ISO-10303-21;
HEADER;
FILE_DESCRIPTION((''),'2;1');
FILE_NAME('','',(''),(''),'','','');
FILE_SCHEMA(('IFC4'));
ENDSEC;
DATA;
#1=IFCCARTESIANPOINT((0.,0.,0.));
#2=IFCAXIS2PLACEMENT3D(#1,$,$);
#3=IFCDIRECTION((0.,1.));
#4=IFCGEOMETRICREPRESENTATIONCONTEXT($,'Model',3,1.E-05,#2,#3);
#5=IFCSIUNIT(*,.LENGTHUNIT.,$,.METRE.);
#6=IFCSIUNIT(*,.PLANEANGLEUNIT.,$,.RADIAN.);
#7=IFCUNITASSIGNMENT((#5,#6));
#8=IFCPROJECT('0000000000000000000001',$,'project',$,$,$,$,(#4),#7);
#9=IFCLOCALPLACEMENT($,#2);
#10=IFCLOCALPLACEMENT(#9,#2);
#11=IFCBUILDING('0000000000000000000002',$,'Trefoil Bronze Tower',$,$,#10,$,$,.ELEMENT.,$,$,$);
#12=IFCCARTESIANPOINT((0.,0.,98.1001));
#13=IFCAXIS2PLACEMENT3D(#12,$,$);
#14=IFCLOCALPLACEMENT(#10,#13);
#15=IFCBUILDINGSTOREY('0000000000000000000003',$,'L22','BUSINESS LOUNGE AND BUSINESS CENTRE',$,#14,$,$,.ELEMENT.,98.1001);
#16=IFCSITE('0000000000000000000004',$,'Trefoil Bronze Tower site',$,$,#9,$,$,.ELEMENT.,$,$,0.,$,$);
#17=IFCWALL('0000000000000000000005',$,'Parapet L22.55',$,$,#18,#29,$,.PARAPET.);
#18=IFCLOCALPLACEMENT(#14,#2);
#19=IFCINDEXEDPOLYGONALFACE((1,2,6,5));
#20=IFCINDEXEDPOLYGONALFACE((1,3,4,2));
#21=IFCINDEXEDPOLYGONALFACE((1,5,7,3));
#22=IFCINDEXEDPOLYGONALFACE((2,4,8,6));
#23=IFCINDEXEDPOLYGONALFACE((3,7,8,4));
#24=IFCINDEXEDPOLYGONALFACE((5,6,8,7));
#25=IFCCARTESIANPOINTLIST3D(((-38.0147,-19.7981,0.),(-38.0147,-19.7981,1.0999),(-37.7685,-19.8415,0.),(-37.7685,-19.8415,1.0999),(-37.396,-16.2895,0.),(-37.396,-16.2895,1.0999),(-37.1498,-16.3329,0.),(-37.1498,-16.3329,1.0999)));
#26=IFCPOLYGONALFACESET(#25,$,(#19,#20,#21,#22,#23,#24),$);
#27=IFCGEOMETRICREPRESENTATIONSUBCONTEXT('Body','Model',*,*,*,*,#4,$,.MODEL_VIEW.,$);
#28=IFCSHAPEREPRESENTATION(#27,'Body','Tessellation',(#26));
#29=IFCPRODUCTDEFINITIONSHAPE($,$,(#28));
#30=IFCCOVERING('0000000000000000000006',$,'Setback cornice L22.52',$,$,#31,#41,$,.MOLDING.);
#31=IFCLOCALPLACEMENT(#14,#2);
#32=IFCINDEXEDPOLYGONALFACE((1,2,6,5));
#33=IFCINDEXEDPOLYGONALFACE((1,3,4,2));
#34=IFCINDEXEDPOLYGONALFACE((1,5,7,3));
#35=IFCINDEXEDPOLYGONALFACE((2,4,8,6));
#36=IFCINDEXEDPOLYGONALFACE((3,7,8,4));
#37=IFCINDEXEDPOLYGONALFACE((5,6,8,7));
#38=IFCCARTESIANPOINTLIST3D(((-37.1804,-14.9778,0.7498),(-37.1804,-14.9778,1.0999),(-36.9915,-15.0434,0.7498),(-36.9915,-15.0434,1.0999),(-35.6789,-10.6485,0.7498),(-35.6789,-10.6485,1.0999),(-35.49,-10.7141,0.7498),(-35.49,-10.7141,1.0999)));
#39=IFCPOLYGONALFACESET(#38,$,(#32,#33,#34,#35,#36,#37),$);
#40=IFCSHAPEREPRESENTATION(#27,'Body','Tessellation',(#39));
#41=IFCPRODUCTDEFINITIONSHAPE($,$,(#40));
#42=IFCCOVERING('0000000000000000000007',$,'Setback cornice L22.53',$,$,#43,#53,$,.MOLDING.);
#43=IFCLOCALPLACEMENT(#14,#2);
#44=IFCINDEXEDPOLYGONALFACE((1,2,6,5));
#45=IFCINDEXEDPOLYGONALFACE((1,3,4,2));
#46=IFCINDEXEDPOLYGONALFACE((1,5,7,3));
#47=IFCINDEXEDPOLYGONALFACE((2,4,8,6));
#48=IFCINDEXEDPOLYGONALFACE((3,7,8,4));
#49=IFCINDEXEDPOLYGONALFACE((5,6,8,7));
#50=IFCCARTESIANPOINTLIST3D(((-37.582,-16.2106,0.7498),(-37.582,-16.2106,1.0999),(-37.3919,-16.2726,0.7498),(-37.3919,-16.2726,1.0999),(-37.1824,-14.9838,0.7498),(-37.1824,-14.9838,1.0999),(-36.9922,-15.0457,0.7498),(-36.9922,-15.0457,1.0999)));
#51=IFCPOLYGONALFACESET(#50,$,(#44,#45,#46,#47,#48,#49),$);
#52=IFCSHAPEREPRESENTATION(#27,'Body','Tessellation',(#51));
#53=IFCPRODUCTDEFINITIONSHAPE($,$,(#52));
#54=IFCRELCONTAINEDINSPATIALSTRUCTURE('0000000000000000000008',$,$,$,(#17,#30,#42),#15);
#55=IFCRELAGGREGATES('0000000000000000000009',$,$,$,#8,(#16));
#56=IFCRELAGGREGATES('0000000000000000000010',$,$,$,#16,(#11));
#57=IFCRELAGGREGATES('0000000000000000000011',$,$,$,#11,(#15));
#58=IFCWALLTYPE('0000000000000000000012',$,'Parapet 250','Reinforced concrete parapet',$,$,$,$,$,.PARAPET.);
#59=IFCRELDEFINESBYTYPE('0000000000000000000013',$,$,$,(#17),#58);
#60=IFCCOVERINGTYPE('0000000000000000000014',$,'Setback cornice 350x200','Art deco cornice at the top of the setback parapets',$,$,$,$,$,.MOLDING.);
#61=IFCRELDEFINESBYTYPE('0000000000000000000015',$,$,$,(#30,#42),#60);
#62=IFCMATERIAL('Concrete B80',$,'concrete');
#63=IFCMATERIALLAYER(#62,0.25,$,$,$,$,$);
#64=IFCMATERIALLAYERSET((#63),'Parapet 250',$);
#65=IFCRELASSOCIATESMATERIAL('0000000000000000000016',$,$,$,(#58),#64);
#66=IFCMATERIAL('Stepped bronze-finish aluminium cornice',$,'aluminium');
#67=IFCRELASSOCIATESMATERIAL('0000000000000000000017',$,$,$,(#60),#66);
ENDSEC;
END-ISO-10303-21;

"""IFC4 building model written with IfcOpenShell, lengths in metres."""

from ifc_helpers import new_model, si_unit, direction, frame, frame_2d, origin, origin_2d, place, context, subcontext, project, spatial, rectangle, extrude, material, layer, layer_set, type_object, element, save


model = new_model("IFC4")

# Units and contexts
model_context = context("Model", 3, precision=1e-05, world=origin(), true_north=direction((0.0, 1.0)))
body_context = subcontext(model_context, "Body", "Model", "MODEL_VIEW")
ifc_project = project(units=[si_unit("LENGTHUNIT", "METRE"), si_unit("PLANEANGLEUNIT", "RADIAN")], contexts=[model_context])

# Site, building, storey
site_placement = place(None, origin())
site = spatial("IfcSite", under=ifc_project, at=site_placement, Name="Trefoil Bronze Tower site", CompositionType="ELEMENT", RefElevation=0.0)
building_placement = place(site_placement, origin())
building = spatial("IfcBuilding", under=site, at=building_placement, Name="Trefoil Bronze Tower", CompositionType="ELEMENT")
storey_placement = place(building_placement, frame((0.0, 0.0, 98.1001)))
storey = spatial("IfcBuildingStorey", under=building, at=storey_placement, Name="L22", Description="BUSINESS LOUNGE AND BUSINESS CENTRE", CompositionType="ELEMENT", Elevation=98.1001)

# Wall
ifc_material_1 = material(Name="Concrete B80", Category="concrete")
ifc_layer_1 = layer(ifc_material_1, 0.25)
ifc_layer_set_1 = layer_set([ifc_layer_1], Name="Parapet 250")
wall_type = type_object("IfcWallType", Name="Parapet 250", Description="Reinforced concrete parapet", PredefinedType="PARAPET", material=ifc_layer_set_1)
wall_1_placement = place(storey_placement, frame((-37.2729, -16.3113, 0.0), z_axis=(0.0, 0.0, 1.0), x_axis=(-0.173649, -0.984808, 0.0)))
element("IfcWall", 1, at=wall_1_placement, inside=storey, type_object=wall_type, Name="Parapet L22.55", PredefinedType="PARAPET", context=body_context, shape_type="SweptSolid", body=[
    extrude(rectangle(XDim=3.5627, YDim=0.25, at=frame_2d((1.7812, 0.0))), origin(), (0.0, 0.0, 1.0), 1.0999),
])

# Coverings
ifc_material_2 = material(Name="Stepped bronze-finish aluminium cornice", Category="aluminium")
covering_type = type_object("IfcCoveringType", Name="Setback cornice 350x200", Description="Art deco cornice at the top of the setback parapets", PredefinedType="MOLDING", material=ifc_material_2)
covering_1_placement = place(storey_placement, frame((-36.3352, -12.8459, 0.7498), z_axis=(0.0, 0.0, 1.0), x_axis=(-0.327674, -0.944791, 0.0)))
element("IfcCovering", 2, at=covering_1_placement, inside=storey, type_object=covering_type, Name="Setback cornice L22.52", PredefinedType="MOLDING", context=body_context, shape_type="SweptSolid", body=[
    extrude(rectangle(XDim=4.5823, YDim=0.2, at=origin_2d()), origin(), (0.0, 0.0, 1.0), 0.3501),
])
covering_2_placement = place(storey_placement, frame((-37.2871, -15.6282, 0.7498), z_axis=(0.0, 0.0, 1.0), x_axis=(-0.309728, -0.950825, 0.0)))
element("IfcCovering", 3, at=covering_2_placement, inside=storey, type_object=covering_type, Name="Setback cornice L22.53", PredefinedType="MOLDING", context=body_context, shape_type="SweptSolid", body=[
    extrude(rectangle(XDim=1.2903, YDim=0.2, at=origin_2d()), origin(), (0.0, 0.0, 1.0), 0.3501),
])

save(model, "model.ifc")
